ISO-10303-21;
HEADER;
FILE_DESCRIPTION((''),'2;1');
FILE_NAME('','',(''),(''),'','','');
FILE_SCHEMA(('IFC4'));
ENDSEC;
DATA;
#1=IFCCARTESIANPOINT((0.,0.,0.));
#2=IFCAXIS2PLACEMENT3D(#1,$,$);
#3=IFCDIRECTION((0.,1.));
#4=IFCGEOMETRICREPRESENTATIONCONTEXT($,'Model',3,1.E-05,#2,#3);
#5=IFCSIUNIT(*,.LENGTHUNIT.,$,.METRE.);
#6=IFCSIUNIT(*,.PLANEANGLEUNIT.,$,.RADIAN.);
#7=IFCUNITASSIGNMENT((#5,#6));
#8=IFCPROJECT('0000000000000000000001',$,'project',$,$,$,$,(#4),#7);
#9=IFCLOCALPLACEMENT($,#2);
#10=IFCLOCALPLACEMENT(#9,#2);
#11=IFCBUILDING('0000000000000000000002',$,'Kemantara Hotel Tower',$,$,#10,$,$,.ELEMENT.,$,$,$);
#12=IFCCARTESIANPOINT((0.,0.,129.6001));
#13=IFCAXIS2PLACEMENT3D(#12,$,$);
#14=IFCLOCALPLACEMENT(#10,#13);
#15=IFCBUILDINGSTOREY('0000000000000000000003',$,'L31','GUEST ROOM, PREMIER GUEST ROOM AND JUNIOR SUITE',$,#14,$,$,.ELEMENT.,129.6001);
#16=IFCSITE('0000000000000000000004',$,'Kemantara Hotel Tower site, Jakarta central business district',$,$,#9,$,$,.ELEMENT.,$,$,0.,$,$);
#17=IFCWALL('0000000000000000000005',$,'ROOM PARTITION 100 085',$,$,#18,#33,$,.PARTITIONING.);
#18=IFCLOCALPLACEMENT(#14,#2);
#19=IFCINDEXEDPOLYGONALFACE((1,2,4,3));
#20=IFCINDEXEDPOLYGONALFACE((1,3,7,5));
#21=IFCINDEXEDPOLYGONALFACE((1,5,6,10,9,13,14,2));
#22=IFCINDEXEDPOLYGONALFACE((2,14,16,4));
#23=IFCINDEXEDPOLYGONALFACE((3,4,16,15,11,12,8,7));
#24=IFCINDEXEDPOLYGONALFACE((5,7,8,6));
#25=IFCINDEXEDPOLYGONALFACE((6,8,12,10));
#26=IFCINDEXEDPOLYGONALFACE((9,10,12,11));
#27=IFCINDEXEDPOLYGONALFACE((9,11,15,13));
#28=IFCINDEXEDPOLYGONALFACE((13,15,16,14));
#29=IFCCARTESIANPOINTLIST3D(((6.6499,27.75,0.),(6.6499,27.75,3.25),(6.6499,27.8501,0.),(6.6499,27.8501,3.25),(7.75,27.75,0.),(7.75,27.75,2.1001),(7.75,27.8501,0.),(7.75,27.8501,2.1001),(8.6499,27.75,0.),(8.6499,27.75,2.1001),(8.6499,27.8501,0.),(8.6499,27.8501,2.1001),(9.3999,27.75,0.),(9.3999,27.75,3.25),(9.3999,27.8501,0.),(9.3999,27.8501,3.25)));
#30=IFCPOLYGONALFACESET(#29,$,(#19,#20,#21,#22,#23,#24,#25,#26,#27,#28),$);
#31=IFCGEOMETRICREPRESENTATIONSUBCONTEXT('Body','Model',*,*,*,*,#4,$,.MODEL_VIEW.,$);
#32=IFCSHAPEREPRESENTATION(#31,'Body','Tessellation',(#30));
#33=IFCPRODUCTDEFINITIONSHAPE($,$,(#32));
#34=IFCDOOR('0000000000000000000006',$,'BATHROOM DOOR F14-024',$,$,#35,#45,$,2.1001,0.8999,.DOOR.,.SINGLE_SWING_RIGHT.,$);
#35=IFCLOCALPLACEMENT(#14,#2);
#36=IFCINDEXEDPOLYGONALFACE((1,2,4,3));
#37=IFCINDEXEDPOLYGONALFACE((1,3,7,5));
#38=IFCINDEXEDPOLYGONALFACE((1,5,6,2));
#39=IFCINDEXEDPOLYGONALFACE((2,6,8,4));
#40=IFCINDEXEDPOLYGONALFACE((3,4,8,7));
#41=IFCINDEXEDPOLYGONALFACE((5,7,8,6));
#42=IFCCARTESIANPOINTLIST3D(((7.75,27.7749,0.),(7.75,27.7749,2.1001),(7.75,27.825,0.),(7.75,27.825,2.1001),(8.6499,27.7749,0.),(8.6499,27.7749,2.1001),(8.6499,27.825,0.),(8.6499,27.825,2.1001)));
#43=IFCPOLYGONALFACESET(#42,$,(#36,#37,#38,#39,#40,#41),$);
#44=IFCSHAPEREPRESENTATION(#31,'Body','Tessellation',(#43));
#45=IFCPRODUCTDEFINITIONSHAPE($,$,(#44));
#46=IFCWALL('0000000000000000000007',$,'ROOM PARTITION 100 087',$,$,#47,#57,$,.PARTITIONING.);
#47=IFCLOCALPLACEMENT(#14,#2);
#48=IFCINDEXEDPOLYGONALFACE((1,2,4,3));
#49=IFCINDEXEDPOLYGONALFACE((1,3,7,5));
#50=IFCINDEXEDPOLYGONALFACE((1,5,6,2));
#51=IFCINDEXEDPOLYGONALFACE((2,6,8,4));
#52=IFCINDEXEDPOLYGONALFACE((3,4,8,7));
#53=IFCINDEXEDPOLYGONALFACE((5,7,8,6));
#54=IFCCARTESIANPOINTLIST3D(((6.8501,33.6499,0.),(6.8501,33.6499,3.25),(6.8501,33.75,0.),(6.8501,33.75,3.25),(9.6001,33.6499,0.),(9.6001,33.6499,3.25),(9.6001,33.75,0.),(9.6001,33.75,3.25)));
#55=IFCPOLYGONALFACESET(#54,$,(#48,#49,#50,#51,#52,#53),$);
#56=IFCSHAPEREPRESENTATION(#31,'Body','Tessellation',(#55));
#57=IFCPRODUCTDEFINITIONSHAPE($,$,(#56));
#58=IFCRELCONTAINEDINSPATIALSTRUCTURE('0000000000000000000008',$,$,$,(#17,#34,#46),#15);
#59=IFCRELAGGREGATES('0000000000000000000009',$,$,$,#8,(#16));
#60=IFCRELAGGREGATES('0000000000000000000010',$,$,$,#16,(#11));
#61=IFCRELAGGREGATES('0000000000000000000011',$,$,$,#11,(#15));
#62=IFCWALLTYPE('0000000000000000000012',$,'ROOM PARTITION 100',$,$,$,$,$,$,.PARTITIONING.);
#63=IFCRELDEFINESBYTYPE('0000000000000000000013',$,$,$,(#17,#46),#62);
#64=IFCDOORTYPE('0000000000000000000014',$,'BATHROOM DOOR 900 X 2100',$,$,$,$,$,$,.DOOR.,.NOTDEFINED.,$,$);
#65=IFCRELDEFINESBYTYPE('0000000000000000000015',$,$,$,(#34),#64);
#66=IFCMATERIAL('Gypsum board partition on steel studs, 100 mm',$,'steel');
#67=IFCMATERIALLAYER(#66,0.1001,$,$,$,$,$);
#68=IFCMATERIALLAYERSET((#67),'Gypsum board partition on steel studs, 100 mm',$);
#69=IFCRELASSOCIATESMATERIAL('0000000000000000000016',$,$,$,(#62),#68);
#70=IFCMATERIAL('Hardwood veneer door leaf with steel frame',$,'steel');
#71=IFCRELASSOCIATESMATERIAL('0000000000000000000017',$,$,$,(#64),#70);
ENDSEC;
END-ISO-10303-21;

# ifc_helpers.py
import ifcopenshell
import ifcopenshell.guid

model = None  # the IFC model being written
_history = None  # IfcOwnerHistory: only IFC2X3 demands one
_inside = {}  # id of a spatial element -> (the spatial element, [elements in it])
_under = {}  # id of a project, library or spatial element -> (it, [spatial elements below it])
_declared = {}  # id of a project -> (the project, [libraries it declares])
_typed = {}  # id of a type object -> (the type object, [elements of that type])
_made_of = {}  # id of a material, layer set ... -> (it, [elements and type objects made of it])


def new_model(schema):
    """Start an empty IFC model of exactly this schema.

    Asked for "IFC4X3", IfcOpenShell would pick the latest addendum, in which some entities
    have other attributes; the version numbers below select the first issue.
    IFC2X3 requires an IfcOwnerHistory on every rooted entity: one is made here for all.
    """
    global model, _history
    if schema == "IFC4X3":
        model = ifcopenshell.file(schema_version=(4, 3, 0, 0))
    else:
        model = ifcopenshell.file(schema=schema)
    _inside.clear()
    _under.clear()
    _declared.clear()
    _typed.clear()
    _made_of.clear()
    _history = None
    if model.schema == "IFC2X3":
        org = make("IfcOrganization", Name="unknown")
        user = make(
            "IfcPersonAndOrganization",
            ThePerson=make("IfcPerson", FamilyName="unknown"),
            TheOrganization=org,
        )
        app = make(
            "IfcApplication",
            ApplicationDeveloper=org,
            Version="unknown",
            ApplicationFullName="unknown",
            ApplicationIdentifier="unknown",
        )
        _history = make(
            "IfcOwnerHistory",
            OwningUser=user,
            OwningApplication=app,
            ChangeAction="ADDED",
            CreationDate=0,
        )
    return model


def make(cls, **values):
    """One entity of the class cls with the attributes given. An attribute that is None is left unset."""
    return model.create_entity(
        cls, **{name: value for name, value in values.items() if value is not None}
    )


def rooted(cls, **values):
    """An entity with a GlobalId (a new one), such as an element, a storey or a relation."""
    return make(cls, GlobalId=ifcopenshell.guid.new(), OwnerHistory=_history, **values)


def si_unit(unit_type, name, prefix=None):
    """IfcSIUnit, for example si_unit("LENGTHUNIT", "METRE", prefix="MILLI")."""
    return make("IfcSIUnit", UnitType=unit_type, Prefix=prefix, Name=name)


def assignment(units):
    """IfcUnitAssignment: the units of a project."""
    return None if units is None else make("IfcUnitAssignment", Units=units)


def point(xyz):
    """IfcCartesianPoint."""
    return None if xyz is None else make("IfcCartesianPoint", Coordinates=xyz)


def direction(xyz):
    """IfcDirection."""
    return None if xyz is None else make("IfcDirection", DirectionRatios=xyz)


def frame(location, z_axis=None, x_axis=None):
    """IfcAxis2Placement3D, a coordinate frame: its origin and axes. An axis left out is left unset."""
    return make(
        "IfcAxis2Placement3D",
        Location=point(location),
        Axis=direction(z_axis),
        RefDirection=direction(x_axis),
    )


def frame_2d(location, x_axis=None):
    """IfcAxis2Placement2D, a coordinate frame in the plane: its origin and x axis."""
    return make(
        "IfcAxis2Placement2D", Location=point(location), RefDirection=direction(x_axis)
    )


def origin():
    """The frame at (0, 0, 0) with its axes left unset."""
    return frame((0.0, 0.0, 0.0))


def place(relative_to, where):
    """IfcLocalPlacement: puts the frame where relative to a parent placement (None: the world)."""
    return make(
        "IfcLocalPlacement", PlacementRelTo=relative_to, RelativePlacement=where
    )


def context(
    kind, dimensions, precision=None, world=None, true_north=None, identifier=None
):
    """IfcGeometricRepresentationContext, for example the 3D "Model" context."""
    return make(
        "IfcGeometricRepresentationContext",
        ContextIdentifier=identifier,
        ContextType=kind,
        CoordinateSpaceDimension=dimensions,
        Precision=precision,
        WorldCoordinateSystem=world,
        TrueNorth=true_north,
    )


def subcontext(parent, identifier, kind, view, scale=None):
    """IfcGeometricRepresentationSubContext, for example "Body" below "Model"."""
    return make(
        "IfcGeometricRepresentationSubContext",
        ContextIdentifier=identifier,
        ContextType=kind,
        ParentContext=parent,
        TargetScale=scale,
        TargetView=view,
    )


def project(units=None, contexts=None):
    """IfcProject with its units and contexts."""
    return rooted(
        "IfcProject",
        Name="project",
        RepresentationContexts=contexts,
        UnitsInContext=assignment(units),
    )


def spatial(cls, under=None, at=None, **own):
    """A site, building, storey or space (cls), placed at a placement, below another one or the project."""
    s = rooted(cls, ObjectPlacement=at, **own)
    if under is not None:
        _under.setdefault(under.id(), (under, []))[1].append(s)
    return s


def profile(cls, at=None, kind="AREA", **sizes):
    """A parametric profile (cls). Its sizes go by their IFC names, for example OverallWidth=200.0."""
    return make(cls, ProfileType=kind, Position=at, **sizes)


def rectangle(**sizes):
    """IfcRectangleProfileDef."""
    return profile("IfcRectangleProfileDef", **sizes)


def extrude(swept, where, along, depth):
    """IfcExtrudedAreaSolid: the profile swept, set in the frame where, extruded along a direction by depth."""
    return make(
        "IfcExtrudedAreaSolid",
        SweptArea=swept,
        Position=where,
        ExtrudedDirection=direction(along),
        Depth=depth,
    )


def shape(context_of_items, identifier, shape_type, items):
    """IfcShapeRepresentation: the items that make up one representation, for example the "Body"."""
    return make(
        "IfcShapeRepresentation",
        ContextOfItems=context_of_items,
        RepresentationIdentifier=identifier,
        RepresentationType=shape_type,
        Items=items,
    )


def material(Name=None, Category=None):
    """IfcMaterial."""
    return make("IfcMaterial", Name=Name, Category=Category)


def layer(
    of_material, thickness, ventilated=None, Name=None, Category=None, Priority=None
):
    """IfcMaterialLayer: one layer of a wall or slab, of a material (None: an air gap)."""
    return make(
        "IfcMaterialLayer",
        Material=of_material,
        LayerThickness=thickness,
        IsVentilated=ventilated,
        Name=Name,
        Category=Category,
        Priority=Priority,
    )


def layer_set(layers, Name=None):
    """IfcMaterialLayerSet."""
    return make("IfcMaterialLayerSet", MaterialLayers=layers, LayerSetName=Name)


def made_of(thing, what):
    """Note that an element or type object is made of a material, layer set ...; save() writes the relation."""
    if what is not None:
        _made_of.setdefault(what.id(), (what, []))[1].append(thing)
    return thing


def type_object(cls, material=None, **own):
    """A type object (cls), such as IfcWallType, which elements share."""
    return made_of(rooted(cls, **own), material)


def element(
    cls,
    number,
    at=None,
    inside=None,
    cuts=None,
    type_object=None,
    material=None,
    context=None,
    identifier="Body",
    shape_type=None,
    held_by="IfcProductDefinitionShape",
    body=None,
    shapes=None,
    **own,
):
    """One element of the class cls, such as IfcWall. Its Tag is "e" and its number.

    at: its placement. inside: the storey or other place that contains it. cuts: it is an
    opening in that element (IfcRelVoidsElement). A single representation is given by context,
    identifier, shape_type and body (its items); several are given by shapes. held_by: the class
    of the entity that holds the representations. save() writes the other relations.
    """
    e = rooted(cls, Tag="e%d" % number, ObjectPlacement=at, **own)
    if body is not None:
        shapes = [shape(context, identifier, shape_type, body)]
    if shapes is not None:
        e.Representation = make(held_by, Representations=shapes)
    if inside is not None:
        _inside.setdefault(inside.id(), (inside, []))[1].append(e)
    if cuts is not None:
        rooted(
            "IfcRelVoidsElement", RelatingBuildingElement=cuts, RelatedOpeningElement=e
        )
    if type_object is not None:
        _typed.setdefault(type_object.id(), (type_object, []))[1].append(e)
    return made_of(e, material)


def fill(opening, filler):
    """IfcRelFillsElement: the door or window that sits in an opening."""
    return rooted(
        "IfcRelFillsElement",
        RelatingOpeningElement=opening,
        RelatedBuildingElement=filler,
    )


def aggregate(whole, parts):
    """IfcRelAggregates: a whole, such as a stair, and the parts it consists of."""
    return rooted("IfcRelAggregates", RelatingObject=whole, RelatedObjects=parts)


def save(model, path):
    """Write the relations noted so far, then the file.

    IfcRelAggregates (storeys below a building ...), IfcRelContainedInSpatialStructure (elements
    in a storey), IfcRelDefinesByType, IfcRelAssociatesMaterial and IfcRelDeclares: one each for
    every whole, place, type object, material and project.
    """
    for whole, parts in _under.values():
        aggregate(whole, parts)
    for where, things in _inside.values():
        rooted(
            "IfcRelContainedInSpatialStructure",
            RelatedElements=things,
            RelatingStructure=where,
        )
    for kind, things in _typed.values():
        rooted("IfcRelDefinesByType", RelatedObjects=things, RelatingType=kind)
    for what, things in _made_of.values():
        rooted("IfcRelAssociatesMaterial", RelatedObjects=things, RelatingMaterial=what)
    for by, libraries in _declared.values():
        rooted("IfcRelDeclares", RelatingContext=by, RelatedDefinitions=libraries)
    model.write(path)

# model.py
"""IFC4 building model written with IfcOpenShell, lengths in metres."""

from ifc_helpers import new_model, si_unit, direction, frame, frame_2d, origin, place, context, subcontext, project, spatial, rectangle, extrude, material, layer, layer_set, type_object, element, fill, save


model = new_model("IFC4")

# Units and contexts
model_context = context("Model", 3, precision=1e-05, world=origin(), true_north=direction((0.0, 1.0)))
body_context = subcontext(model_context, "Body", "Model", "MODEL_VIEW")
ifc_project = project(units=[si_unit("LENGTHUNIT", "METRE"), si_unit("PLANEANGLEUNIT", "RADIAN")], contexts=[model_context])

# Site, building, storey
site_placement = place(None, origin())
site = spatial("IfcSite", under=ifc_project, at=site_placement, Name="Kemantara Hotel Tower site, Jakarta central business district", CompositionType="ELEMENT", RefElevation=0.0)
building_placement = place(site_placement, origin())
building = spatial("IfcBuilding", under=site, at=building_placement, Name="Kemantara Hotel Tower", CompositionType="ELEMENT")
storey_placement = place(building_placement, frame((0.0, 0.0, 129.6001)))
storey = spatial("IfcBuildingStorey", under=building, at=storey_placement, Name="L31", Description="GUEST ROOM, PREMIER GUEST ROOM AND JUNIOR SUITE", CompositionType="ELEMENT", Elevation=129.6001)

# Shared definitions
ifc_material_1 = material(Name="Hardwood veneer door leaf with steel frame", Category="steel")

# Shared definitions
ifc_material_2 = material(Name="Gypsum board partition on steel studs, 100 mm", Category="steel")
ifc_layer_1 = layer(ifc_material_2, 0.1001)
ifc_layer_set_1 = layer_set([ifc_layer_1], Name="Gypsum board partition on steel studs, 100 mm")
wall_type_1 = type_object("IfcWallType", Name="ROOM PARTITION 100", PredefinedType="PARTITIONING", material=ifc_layer_set_1)

# Wall, opening, door
wall_1_placement = place(storey_placement, frame((6.6499, 27.8, 0.0), z_axis=(0.0, 0.0, 1.0), x_axis=(1.0, 0.0, 0.0)))
wall_1 = element("IfcWall", 1, at=wall_1_placement, inside=storey, type_object=wall_type_1, Name="ROOM PARTITION 100 085", PredefinedType="PARTITIONING", context=body_context, shape_type="SweptSolid", body=[
    extrude(rectangle(XDim=2.75, YDim=0.1001, at=frame_2d((1.375, 0.0))), origin(), (0.0, 0.0, 1.0), 3.25),
])
opening_1_placement = place(wall_1_placement, frame((1.1001, 0.0, 0.0)))
opening_1 = element("IfcOpeningElement", 2, at=opening_1_placement, cuts=wall_1, PredefinedType="OPENING", context=body_context, shape_type="SweptSolid", body=[
    extrude(rectangle(XDim=0.8999, YDim=2.1001, at=frame_2d((0.45, 1.05))), frame((0.0, 0.0601, 0.0), z_axis=(0.0, -1.0, 0.0), x_axis=(1.0, 0.0, 0.0)), (0.0, 0.0, 1.0), 0.1201),
])
door_type_1 = type_object("IfcDoorType", Name="BATHROOM DOOR 900 X 2100", OperationType="NOTDEFINED", PredefinedType="DOOR", material=ifc_material_1)
door_1_placement = place(opening_1_placement, origin())
door_1 = element("IfcDoor", 3, at=door_1_placement, inside=storey, type_object=door_type_1, Name="BATHROOM DOOR F14-024", OperationType="SINGLE_SWING_RIGHT", OverallHeight=2.1001, OverallWidth=0.8999, PredefinedType="DOOR", context=body_context, shape_type="SweptSolid", body=[
    extrude(rectangle(XDim=0.8999, YDim=2.1001, at=frame_2d((0.45, 1.05))), frame((0.0, 0.0249, 0.0), z_axis=(0.0, -1.0, 0.0), x_axis=(1.0, 0.0, 0.0)), (0.0, 0.0, 1.0), 0.05),
])
fill(opening_1, door_1)

# Wall
wall_2_placement = place(storey_placement, frame((6.8501, 33.7, 0.0), z_axis=(0.0, 0.0, 1.0), x_axis=(1.0, 0.0, 0.0)))
element("IfcWall", 4, at=wall_2_placement, inside=storey, type_object=wall_type_1, Name="ROOM PARTITION 100 087", PredefinedType="PARTITIONING", context=body_context, shape_type="SweptSolid", body=[
    extrude(rectangle(XDim=2.75, YDim=0.1001, at=frame_2d((1.375, 0.0))), origin(), (0.0, 0.0, 1.0), 3.25),
])

save(model, "model.ifc")
